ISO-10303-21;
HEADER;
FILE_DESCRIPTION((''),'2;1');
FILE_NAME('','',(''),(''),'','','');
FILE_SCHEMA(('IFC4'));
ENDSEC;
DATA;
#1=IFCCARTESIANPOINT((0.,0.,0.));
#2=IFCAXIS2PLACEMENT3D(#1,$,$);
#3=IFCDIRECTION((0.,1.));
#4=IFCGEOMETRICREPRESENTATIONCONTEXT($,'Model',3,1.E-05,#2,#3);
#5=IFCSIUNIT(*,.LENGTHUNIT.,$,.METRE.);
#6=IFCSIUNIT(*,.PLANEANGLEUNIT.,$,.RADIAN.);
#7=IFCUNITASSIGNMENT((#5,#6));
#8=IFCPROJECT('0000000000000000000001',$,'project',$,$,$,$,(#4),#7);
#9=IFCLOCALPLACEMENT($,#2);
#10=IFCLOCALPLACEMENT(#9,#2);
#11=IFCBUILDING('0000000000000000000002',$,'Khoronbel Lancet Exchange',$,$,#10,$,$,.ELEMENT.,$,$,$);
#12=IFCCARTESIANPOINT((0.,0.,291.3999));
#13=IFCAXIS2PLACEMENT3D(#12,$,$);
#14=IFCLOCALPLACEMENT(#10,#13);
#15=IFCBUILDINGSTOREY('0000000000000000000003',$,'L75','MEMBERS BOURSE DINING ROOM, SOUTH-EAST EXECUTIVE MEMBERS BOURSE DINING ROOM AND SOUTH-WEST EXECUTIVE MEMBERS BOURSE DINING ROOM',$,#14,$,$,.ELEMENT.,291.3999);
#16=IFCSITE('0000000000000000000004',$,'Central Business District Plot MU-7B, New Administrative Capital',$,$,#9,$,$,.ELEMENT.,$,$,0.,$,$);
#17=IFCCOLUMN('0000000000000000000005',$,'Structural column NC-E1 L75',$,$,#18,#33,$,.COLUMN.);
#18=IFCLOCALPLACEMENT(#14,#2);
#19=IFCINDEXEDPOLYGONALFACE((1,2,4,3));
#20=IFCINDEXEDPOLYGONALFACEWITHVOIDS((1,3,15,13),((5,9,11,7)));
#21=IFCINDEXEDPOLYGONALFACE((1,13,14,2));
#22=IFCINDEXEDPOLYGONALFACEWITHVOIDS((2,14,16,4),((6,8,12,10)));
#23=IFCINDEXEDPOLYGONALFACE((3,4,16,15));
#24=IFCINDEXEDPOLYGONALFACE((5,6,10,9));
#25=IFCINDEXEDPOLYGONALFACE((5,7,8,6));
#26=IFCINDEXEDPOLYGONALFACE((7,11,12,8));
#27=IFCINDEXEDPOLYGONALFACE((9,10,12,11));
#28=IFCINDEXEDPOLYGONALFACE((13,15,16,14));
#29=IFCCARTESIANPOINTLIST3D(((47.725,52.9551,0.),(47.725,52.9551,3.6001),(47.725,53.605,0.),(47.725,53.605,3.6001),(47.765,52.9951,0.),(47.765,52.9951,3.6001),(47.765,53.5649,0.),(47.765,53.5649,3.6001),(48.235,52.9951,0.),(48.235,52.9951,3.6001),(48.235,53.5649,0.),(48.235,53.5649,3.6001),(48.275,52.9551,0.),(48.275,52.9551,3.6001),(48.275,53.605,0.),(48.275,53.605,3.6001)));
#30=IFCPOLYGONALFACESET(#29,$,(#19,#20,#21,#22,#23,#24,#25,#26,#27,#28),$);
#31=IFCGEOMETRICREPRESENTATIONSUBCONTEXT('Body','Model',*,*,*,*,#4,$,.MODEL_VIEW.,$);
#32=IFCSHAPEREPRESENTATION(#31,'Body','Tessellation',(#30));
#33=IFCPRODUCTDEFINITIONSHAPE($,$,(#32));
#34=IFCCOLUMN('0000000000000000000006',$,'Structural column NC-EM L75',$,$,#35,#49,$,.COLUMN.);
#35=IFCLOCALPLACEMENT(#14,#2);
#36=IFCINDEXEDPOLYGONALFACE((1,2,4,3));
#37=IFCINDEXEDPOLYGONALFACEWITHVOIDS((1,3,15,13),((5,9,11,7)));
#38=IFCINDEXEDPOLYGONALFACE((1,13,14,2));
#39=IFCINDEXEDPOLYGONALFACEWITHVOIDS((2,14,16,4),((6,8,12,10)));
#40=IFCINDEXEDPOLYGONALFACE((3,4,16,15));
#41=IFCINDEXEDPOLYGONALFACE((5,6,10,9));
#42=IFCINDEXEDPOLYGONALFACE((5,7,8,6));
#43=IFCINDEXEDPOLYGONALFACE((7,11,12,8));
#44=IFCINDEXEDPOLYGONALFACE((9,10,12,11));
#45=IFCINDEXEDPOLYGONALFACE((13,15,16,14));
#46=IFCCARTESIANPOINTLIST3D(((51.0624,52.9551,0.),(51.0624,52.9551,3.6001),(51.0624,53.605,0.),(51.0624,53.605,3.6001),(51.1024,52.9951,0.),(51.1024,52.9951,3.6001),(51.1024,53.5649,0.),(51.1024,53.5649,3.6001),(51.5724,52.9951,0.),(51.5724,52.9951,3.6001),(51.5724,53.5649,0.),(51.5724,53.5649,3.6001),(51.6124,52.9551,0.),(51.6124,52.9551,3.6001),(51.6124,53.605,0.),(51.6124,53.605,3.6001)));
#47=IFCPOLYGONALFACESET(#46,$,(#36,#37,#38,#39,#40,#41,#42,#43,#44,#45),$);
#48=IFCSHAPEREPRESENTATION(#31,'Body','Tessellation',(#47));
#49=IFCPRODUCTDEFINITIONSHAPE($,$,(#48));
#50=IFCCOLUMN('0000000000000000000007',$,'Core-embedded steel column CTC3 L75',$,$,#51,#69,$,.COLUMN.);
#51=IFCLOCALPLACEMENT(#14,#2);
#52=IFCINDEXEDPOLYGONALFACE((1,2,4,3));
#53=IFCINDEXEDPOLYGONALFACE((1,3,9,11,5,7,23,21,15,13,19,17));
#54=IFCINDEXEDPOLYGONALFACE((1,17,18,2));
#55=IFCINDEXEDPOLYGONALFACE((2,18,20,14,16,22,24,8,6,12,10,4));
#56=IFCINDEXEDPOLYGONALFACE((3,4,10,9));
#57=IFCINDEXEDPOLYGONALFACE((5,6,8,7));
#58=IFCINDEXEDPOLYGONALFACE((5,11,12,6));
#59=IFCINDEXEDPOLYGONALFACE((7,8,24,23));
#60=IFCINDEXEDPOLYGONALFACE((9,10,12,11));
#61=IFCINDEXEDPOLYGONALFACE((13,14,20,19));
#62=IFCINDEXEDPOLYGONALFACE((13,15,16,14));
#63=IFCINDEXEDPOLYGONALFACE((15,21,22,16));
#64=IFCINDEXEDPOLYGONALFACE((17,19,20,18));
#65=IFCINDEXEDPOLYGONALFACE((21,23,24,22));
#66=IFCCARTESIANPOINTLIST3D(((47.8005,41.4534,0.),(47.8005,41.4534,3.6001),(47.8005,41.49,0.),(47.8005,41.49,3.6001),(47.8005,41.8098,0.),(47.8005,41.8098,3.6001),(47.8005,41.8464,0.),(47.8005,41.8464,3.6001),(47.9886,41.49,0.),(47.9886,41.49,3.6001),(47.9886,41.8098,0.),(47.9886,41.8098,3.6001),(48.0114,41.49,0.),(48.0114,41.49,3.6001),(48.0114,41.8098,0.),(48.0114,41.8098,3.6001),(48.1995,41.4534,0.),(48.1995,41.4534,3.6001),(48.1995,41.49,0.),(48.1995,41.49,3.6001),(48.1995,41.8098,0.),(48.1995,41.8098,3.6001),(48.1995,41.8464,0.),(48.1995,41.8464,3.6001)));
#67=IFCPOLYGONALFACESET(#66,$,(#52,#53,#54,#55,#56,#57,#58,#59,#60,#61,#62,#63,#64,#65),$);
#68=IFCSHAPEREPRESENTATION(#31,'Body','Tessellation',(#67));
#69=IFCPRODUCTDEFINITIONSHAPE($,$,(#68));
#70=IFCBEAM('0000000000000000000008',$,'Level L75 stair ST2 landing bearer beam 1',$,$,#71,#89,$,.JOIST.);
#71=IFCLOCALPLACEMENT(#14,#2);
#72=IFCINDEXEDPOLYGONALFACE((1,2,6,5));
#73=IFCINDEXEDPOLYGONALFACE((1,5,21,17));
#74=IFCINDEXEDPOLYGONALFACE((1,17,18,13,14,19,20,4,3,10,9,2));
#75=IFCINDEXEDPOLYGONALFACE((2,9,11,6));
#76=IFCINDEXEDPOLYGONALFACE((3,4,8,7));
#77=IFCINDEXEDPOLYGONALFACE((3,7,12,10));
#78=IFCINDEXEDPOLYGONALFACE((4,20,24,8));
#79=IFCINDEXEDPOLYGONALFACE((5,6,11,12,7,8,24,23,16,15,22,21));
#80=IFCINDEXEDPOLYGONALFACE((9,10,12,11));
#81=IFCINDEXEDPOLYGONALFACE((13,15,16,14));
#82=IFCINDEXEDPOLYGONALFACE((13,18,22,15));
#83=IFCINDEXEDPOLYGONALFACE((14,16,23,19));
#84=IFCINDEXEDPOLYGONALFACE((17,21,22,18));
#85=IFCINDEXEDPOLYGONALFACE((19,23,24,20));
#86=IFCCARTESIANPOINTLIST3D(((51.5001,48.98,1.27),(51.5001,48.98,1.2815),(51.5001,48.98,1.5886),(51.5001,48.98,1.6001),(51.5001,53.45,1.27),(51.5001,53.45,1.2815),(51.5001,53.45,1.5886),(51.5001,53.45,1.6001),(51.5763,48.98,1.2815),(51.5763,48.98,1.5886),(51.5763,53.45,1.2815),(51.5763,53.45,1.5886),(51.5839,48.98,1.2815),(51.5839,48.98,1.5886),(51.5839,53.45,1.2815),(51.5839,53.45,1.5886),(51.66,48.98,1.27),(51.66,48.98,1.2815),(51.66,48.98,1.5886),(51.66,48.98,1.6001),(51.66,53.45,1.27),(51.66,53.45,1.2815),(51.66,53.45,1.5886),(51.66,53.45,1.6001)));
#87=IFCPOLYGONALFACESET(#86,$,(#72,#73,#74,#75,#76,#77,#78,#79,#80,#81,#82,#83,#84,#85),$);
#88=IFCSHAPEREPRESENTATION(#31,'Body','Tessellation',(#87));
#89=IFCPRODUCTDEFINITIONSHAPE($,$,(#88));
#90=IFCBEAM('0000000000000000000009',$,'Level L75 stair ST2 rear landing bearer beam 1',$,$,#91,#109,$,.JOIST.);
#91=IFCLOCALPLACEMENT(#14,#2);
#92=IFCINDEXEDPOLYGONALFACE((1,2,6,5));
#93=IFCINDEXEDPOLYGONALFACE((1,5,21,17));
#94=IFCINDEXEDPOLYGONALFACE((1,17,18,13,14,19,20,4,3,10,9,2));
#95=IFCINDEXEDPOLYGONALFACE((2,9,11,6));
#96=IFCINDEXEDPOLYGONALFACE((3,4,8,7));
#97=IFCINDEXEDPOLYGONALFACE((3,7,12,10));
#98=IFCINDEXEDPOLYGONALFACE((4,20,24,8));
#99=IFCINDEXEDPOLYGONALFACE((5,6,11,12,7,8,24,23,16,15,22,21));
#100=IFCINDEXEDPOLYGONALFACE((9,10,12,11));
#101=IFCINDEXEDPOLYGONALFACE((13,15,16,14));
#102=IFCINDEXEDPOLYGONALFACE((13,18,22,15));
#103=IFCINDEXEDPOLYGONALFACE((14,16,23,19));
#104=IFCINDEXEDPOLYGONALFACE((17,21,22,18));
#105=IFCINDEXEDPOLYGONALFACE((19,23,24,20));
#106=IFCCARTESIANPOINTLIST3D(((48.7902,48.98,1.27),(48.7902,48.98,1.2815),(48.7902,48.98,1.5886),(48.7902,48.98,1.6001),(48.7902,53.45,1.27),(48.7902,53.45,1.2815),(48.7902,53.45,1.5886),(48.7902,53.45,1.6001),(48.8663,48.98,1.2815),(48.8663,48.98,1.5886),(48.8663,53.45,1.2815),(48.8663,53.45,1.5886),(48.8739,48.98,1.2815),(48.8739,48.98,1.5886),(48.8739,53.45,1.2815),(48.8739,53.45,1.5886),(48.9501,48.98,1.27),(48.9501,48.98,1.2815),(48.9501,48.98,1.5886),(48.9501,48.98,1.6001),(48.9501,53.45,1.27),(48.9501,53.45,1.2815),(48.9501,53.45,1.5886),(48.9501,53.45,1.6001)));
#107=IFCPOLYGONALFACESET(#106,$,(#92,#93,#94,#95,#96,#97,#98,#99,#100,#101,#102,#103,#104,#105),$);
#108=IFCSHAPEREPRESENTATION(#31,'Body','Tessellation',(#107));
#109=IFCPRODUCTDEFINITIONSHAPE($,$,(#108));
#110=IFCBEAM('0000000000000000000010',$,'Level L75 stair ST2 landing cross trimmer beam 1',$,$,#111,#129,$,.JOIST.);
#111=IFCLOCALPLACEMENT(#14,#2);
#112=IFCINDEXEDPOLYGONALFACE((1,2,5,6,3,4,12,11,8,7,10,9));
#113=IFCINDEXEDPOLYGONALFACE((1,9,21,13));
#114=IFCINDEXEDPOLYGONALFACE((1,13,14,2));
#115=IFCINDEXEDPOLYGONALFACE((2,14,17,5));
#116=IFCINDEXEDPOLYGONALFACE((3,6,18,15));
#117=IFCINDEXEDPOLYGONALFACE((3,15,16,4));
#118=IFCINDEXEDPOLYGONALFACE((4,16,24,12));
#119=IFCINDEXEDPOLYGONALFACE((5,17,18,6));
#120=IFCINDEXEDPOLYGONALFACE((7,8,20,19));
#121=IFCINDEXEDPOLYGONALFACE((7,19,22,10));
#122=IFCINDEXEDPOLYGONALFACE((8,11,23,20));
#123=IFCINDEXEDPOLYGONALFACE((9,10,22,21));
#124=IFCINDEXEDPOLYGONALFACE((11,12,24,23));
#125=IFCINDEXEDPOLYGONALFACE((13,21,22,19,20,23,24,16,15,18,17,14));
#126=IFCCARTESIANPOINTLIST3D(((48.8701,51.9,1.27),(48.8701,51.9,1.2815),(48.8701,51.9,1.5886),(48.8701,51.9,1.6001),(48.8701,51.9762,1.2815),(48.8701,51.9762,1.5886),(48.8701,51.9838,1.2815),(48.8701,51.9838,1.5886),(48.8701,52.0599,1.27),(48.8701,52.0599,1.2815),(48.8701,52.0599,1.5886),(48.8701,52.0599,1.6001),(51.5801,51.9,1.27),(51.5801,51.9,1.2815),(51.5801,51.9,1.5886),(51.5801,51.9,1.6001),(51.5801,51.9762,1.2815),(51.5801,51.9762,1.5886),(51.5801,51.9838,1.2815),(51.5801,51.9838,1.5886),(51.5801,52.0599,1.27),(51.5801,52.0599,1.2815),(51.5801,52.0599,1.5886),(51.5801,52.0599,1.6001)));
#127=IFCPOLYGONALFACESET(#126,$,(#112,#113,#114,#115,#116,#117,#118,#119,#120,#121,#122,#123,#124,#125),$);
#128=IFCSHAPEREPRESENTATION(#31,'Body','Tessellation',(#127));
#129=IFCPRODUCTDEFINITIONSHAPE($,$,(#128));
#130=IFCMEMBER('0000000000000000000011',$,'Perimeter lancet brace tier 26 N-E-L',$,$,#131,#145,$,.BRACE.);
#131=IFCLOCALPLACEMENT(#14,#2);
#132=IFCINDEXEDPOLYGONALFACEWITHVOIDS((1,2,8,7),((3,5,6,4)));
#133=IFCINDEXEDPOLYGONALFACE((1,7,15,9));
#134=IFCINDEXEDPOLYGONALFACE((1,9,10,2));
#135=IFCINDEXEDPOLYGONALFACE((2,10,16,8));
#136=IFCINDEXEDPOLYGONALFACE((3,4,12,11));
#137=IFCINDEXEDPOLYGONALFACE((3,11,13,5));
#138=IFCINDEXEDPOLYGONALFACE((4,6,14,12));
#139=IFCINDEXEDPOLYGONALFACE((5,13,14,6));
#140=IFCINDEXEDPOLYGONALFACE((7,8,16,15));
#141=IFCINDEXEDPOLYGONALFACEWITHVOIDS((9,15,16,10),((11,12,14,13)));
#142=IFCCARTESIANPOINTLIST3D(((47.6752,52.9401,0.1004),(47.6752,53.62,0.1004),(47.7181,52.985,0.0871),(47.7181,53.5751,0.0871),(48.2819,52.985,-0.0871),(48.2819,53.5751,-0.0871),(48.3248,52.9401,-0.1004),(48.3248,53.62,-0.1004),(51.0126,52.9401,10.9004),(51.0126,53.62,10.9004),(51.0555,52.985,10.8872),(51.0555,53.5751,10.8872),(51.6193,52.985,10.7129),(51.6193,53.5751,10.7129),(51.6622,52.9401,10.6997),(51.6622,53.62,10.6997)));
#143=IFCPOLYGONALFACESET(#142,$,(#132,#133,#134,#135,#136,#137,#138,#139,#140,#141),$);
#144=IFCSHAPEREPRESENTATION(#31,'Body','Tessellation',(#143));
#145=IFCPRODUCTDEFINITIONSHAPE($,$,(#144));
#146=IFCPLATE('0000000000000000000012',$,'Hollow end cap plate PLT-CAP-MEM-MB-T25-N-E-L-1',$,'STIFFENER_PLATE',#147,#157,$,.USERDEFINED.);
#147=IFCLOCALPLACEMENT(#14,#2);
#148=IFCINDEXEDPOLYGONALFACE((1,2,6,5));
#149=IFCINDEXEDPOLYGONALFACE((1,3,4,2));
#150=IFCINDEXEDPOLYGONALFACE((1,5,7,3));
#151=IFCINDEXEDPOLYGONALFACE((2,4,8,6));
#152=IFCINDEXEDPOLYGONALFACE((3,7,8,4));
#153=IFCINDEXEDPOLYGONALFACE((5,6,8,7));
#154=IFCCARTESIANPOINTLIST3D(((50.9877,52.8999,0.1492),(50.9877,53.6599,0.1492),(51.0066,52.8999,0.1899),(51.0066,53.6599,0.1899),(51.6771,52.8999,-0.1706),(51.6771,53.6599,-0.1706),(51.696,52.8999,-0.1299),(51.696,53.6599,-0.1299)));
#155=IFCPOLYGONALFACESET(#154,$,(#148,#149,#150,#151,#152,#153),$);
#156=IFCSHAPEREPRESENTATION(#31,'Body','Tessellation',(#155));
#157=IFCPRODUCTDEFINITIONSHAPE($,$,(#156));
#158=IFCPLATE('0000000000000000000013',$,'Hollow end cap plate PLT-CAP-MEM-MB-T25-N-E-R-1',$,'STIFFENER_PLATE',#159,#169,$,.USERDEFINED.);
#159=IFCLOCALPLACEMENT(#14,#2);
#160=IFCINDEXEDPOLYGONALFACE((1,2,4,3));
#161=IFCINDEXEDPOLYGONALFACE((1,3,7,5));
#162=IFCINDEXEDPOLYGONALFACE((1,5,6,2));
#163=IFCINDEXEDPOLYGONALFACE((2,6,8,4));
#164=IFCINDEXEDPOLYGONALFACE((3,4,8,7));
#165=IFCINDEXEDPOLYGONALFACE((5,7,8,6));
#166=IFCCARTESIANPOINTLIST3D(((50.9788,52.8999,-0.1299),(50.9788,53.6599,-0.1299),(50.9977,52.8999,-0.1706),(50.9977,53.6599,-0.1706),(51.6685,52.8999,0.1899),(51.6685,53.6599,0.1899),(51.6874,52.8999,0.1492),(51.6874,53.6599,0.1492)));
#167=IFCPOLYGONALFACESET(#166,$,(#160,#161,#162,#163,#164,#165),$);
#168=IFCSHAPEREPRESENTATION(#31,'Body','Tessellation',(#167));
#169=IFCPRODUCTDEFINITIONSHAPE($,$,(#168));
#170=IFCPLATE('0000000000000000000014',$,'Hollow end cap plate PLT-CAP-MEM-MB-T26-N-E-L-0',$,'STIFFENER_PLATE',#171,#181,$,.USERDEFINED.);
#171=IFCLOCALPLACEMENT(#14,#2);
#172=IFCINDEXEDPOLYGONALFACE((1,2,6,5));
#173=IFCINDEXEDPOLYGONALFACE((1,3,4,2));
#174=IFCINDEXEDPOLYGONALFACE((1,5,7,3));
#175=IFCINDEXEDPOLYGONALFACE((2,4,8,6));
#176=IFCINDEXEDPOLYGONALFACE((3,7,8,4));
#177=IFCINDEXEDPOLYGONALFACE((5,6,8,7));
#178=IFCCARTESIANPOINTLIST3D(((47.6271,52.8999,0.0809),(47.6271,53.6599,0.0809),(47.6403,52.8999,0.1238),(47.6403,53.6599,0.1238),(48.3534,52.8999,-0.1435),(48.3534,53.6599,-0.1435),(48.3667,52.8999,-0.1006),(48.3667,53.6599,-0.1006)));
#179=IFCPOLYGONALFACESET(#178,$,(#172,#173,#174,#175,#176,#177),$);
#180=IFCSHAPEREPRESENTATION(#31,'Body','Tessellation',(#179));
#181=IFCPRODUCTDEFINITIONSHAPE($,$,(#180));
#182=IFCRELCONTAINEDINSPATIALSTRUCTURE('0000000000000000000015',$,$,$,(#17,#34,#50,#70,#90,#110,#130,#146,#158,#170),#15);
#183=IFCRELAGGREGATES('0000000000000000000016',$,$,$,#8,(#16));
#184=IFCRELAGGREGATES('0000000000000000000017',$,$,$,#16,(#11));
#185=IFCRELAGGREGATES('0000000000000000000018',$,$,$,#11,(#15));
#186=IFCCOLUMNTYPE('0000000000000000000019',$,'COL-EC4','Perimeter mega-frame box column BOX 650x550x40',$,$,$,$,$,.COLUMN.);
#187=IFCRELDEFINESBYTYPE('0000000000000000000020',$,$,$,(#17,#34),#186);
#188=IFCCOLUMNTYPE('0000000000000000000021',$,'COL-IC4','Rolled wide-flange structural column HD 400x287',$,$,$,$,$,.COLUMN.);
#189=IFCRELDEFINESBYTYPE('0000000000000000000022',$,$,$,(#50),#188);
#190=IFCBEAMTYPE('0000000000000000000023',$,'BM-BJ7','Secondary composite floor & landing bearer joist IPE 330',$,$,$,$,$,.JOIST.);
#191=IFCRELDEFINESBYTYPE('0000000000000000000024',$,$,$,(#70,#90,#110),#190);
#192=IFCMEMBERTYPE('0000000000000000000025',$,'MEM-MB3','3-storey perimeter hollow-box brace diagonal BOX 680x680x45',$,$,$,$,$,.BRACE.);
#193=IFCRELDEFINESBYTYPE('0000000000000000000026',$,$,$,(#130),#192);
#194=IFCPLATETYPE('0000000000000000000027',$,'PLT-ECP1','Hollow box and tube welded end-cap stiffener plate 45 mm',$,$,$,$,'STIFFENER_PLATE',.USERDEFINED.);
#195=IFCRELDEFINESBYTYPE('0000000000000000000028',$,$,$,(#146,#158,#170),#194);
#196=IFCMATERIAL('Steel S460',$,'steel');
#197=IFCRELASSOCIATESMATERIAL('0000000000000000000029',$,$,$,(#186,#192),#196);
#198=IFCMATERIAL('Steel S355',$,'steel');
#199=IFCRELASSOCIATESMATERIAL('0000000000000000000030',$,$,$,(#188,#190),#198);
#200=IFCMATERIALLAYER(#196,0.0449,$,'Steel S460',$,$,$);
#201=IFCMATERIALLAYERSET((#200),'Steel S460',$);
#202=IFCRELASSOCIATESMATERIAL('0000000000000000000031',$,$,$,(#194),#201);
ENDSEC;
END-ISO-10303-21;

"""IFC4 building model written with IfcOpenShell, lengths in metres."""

from ifc_helpers import new_model, si_unit, direction, frame, origin, origin_2d, place, context, subcontext, project, spatial, polyline, hollow_rectangle, i_section, outline, extrude, material, layer, layer_set, material_profile, profile_set, type_object, element, save


model = new_model("IFC4")

# Units and contexts
model_context = context("Model", 3, precision=1e-05, world=origin(), true_north=direction((0.0, 1.0)))
body_context = subcontext(model_context, "Body", "Model", "MODEL_VIEW")
ifc_project = project(units=[si_unit("LENGTHUNIT", "METRE"), si_unit("PLANEANGLEUNIT", "RADIAN")], contexts=[model_context])

# Site, building, storey
site_placement = place(None, origin())
site = spatial("IfcSite", under=ifc_project, at=site_placement, Name="Central Business District Plot MU-7B, New Administrative Capital", CompositionType="ELEMENT", RefElevation=0.0)
building_placement = place(site_placement, origin())
building = spatial("IfcBuilding", under=site, at=building_placement, Name="Khoronbel Lancet Exchange", CompositionType="ELEMENT")
storey_placement = place(building_placement, frame((0.0, 0.0, 291.3999)))
storey = spatial("IfcBuildingStorey", under=building, at=storey_placement, Name="L75", Description="MEMBERS BOURSE DINING ROOM, SOUTH-EAST EXECUTIVE MEMBERS BOURSE DINING ROOM AND SOUTH-WEST EXECUTIVE MEMBERS BOURSE DINING ROOM", CompositionType="ELEMENT", Elevation=291.3999)

# Columns
ifc_material_1 = material(Name="Steel S460", Category="steel")
ifc_material_profile_1 = material_profile(ifc_material_1, hollow_rectangle(XDim=0.55, YDim=0.6499, WallThickness=0.04, at=origin_2d()), Name="BOX 650x550x40")
ifc_profile_set_1 = profile_set([ifc_material_profile_1], Name="Steel S460")
column_type_1 = type_object("IfcColumnType", Name="COL-EC4", Description="Perimeter mega-frame box column BOX 650x550x40", PredefinedType="COLUMN", material=ifc_profile_set_1)
for number, where, z_axis, x_axis, name in (
    (1, (48.0, 53.28, 0.0), (0.0, 0.0, 1.0), (1.0, 0.0, 0.0), "Structural column NC-E1 L75"),
    (2, (51.3374, 53.28, 0.0), (0.0, 0.0, 1.0), (1.0, 0.0, 0.0), "Structural column NC-EM L75"),
):
    element("IfcColumn", number, at=place(storey_placement, frame(where, z_axis=z_axis, x_axis=x_axis)), inside=storey, type_object=column_type_1, Name=name, PredefinedType="COLUMN", context=body_context, shape_type="SweptSolid", body=[
        extrude(hollow_rectangle(XDim=0.55, YDim=0.6499, WallThickness=0.04, at=origin_2d()), origin(), (0.0, 0.0, 1.0), 3.6001),
    ])
ifc_material_2 = material(Name="Steel S355", Category="steel")
ifc_material_profile_2 = material_profile(ifc_material_2, i_section(OverallWidth=0.3989, OverallDepth=0.3931, WebThickness=0.0227, FlangeThickness=0.0366, at=origin_2d()), Name="HD 400x287")
ifc_profile_set_2 = profile_set([ifc_material_profile_2], Name="Steel S355")
column_type_2 = type_object("IfcColumnType", Name="COL-IC4", Description="Rolled wide-flange structural column HD 400x287", PredefinedType="COLUMN", material=ifc_profile_set_2)
column_placement = place(storey_placement, frame((48.0, 41.6499, 0.0), z_axis=(0.0, 0.0, 1.0), x_axis=(1.0, 0.0, 0.0)))
element("IfcColumn", 3, at=column_placement, inside=storey, type_object=column_type_2, Name="Core-embedded steel column CTC3 L75", PredefinedType="COLUMN", context=body_context, shape_type="SweptSolid", body=[
    extrude(i_section(OverallWidth=0.3989, OverallDepth=0.3931, WebThickness=0.0227, FlangeThickness=0.0366, at=origin_2d()), origin(), (0.0, 0.0, 1.0), 3.6001),
])

# Beams
ifc_material_profile_3 = material_profile(ifc_material_2, i_section(OverallWidth=0.1599, OverallDepth=0.3301, WebThickness=0.0076, FlangeThickness=0.0115, at=origin_2d()), Name="IPE 330")
ifc_profile_set_3 = profile_set([ifc_material_profile_3], Name="Steel S355")
beam_type = type_object("IfcBeamType", Name="BM-BJ7", Description="Secondary composite floor & landing bearer joist IPE 330", PredefinedType="JOIST", material=ifc_profile_set_3)
for number, where, z_axis, x_axis, name in (
    (4, (51.5801, 48.98, 1.4351), (0.0, 1.0, 0.0), (-1.0, 0.0, 0.0), "Level L75 stair ST2 landing bearer beam 1"),
    (5, (48.8701, 48.98, 1.4351), (0.0, 1.0, 0.0), (-1.0, 0.0, 0.0), "Level L75 stair ST2 rear landing bearer beam 1"),
):
    element("IfcBeam", number, at=place(storey_placement, frame(where, z_axis=z_axis, x_axis=x_axis)), inside=storey, type_object=beam_type, Name=name, PredefinedType="JOIST", context=body_context, shape_type="SweptSolid", body=[
        extrude(i_section(OverallWidth=0.1599, OverallDepth=0.3301, WebThickness=0.0076, FlangeThickness=0.0115, at=origin_2d()), origin(), (0.0, 0.0, 1.0), 4.47),
    ])
beam_placement = place(storey_placement, frame((48.8701, 51.98, 1.4351), z_axis=(1.0, 0.0, 0.0), x_axis=(0.0, 1.0, 0.0)))
element("IfcBeam", 6, at=beam_placement, inside=storey, type_object=beam_type, Name="Level L75 stair ST2 landing cross trimmer beam 1", PredefinedType="JOIST", context=body_context, shape_type="SweptSolid", body=[
    extrude(i_section(OverallWidth=0.1599, OverallDepth=0.3301, WebThickness=0.0076, FlangeThickness=0.0115, at=origin_2d()), origin(), (0.0, 0.0, 1.0), 2.71),
])

# Member
ifc_material_profile_4 = material_profile(ifc_material_1, hollow_rectangle(XDim=0.6799, YDim=0.6799, WallThickness=0.0449, at=origin_2d()), Name="BOX 680x680x45")
ifc_profile_set_4 = profile_set([ifc_material_profile_4], Name="Steel S460")
member_type = type_object("IfcMemberType", Name="MEM-MB3", Description="3-storey perimeter hollow-box brace diagonal BOX 680x680x45", PredefinedType="BRACE", material=ifc_profile_set_4)
member_placement = place(storey_placement, frame((48.0, 53.28, 0.0), z_axis=(0.295242, 0.0, 0.955422), x_axis=(0.0, 1.0, 0.0)))
element("IfcMember", 7, at=member_placement, inside=storey, type_object=member_type, Name="Perimeter lancet brace tier 26 N-E-L", PredefinedType="BRACE", context=body_context, shape_type="SweptSolid", body=[
    extrude(hollow_rectangle(XDim=0.6799, YDim=0.6799, WallThickness=0.0449, at=origin_2d()), origin(), (0.0, 0.0, 1.0), 11.304),
])

# Plates
ifc_layer_1 = layer(ifc_material_1, 0.0449, Name="Steel S460")
ifc_layer_set_1 = layer_set([ifc_layer_1], Name="Steel S460")
plate_type = type_object("IfcPlateType", Name="PLT-ECP1", Description="Hollow box and tube welded end-cap stiffener plate 45 mm", ElementType="STIFFENER_PLATE", PredefinedType="USERDEFINED", material=ifc_layer_set_1)
plate_placement = place(storey_placement, frame((51.696, 52.8999, -0.1299), z_axis=(0.420809, 0.0, 0.907149), x_axis=(0.0, 1.0, 0.0)))
element("IfcPlate", 8, at=plate_placement, inside=storey, type_object=plate_type, Name="Hollow end cap plate PLT-CAP-MEM-MB-T25-N-E-L-1", ObjectType="STIFFENER_PLATE", PredefinedType="USERDEFINED", context=body_context, shape_type="SweptSolid", body=[
    extrude(outline(polyline([(0.0, 0.0), (0.76, 0.0), (0.76, 0.76), (0.0, 0.76), (0.0, 0.0)])), origin(), (0.0, 0.0, -1.0), 0.0449),
])
for number, where, z_axis, x_axis, name in (
    (9, (50.9788, 53.6599, -0.1299), (-0.420687, 0.0, 0.907206), (0.0, -1.0, 0.0), "Hollow end cap plate PLT-CAP-MEM-MB-T25-N-E-R-1"),
    (10, (48.3667, 52.8999, -0.1006), (0.295146, 0.0, 0.955452), (0.0, 1.0, 0.0), "Hollow end cap plate PLT-CAP-MEM-MB-T26-N-E-L-0"),
):
    element("IfcPlate", number, at=place(storey_placement, frame(where, z_axis=z_axis, x_axis=x_axis)), inside=storey, type_object=plate_type, Name=name, ObjectType="STIFFENER_PLATE", PredefinedType="USERDEFINED", context=body_context, shape_type="SweptSolid", body=[
        extrude(outline(polyline([(0.0, 0.0), (0.76, 0.0), (0.76, 0.7603), (0.0, 0.7603), (0.0, 0.0)])), origin(), (0.0, 0.0, -1.0), 0.0449),
    ])

save(model, "model.ifc")
